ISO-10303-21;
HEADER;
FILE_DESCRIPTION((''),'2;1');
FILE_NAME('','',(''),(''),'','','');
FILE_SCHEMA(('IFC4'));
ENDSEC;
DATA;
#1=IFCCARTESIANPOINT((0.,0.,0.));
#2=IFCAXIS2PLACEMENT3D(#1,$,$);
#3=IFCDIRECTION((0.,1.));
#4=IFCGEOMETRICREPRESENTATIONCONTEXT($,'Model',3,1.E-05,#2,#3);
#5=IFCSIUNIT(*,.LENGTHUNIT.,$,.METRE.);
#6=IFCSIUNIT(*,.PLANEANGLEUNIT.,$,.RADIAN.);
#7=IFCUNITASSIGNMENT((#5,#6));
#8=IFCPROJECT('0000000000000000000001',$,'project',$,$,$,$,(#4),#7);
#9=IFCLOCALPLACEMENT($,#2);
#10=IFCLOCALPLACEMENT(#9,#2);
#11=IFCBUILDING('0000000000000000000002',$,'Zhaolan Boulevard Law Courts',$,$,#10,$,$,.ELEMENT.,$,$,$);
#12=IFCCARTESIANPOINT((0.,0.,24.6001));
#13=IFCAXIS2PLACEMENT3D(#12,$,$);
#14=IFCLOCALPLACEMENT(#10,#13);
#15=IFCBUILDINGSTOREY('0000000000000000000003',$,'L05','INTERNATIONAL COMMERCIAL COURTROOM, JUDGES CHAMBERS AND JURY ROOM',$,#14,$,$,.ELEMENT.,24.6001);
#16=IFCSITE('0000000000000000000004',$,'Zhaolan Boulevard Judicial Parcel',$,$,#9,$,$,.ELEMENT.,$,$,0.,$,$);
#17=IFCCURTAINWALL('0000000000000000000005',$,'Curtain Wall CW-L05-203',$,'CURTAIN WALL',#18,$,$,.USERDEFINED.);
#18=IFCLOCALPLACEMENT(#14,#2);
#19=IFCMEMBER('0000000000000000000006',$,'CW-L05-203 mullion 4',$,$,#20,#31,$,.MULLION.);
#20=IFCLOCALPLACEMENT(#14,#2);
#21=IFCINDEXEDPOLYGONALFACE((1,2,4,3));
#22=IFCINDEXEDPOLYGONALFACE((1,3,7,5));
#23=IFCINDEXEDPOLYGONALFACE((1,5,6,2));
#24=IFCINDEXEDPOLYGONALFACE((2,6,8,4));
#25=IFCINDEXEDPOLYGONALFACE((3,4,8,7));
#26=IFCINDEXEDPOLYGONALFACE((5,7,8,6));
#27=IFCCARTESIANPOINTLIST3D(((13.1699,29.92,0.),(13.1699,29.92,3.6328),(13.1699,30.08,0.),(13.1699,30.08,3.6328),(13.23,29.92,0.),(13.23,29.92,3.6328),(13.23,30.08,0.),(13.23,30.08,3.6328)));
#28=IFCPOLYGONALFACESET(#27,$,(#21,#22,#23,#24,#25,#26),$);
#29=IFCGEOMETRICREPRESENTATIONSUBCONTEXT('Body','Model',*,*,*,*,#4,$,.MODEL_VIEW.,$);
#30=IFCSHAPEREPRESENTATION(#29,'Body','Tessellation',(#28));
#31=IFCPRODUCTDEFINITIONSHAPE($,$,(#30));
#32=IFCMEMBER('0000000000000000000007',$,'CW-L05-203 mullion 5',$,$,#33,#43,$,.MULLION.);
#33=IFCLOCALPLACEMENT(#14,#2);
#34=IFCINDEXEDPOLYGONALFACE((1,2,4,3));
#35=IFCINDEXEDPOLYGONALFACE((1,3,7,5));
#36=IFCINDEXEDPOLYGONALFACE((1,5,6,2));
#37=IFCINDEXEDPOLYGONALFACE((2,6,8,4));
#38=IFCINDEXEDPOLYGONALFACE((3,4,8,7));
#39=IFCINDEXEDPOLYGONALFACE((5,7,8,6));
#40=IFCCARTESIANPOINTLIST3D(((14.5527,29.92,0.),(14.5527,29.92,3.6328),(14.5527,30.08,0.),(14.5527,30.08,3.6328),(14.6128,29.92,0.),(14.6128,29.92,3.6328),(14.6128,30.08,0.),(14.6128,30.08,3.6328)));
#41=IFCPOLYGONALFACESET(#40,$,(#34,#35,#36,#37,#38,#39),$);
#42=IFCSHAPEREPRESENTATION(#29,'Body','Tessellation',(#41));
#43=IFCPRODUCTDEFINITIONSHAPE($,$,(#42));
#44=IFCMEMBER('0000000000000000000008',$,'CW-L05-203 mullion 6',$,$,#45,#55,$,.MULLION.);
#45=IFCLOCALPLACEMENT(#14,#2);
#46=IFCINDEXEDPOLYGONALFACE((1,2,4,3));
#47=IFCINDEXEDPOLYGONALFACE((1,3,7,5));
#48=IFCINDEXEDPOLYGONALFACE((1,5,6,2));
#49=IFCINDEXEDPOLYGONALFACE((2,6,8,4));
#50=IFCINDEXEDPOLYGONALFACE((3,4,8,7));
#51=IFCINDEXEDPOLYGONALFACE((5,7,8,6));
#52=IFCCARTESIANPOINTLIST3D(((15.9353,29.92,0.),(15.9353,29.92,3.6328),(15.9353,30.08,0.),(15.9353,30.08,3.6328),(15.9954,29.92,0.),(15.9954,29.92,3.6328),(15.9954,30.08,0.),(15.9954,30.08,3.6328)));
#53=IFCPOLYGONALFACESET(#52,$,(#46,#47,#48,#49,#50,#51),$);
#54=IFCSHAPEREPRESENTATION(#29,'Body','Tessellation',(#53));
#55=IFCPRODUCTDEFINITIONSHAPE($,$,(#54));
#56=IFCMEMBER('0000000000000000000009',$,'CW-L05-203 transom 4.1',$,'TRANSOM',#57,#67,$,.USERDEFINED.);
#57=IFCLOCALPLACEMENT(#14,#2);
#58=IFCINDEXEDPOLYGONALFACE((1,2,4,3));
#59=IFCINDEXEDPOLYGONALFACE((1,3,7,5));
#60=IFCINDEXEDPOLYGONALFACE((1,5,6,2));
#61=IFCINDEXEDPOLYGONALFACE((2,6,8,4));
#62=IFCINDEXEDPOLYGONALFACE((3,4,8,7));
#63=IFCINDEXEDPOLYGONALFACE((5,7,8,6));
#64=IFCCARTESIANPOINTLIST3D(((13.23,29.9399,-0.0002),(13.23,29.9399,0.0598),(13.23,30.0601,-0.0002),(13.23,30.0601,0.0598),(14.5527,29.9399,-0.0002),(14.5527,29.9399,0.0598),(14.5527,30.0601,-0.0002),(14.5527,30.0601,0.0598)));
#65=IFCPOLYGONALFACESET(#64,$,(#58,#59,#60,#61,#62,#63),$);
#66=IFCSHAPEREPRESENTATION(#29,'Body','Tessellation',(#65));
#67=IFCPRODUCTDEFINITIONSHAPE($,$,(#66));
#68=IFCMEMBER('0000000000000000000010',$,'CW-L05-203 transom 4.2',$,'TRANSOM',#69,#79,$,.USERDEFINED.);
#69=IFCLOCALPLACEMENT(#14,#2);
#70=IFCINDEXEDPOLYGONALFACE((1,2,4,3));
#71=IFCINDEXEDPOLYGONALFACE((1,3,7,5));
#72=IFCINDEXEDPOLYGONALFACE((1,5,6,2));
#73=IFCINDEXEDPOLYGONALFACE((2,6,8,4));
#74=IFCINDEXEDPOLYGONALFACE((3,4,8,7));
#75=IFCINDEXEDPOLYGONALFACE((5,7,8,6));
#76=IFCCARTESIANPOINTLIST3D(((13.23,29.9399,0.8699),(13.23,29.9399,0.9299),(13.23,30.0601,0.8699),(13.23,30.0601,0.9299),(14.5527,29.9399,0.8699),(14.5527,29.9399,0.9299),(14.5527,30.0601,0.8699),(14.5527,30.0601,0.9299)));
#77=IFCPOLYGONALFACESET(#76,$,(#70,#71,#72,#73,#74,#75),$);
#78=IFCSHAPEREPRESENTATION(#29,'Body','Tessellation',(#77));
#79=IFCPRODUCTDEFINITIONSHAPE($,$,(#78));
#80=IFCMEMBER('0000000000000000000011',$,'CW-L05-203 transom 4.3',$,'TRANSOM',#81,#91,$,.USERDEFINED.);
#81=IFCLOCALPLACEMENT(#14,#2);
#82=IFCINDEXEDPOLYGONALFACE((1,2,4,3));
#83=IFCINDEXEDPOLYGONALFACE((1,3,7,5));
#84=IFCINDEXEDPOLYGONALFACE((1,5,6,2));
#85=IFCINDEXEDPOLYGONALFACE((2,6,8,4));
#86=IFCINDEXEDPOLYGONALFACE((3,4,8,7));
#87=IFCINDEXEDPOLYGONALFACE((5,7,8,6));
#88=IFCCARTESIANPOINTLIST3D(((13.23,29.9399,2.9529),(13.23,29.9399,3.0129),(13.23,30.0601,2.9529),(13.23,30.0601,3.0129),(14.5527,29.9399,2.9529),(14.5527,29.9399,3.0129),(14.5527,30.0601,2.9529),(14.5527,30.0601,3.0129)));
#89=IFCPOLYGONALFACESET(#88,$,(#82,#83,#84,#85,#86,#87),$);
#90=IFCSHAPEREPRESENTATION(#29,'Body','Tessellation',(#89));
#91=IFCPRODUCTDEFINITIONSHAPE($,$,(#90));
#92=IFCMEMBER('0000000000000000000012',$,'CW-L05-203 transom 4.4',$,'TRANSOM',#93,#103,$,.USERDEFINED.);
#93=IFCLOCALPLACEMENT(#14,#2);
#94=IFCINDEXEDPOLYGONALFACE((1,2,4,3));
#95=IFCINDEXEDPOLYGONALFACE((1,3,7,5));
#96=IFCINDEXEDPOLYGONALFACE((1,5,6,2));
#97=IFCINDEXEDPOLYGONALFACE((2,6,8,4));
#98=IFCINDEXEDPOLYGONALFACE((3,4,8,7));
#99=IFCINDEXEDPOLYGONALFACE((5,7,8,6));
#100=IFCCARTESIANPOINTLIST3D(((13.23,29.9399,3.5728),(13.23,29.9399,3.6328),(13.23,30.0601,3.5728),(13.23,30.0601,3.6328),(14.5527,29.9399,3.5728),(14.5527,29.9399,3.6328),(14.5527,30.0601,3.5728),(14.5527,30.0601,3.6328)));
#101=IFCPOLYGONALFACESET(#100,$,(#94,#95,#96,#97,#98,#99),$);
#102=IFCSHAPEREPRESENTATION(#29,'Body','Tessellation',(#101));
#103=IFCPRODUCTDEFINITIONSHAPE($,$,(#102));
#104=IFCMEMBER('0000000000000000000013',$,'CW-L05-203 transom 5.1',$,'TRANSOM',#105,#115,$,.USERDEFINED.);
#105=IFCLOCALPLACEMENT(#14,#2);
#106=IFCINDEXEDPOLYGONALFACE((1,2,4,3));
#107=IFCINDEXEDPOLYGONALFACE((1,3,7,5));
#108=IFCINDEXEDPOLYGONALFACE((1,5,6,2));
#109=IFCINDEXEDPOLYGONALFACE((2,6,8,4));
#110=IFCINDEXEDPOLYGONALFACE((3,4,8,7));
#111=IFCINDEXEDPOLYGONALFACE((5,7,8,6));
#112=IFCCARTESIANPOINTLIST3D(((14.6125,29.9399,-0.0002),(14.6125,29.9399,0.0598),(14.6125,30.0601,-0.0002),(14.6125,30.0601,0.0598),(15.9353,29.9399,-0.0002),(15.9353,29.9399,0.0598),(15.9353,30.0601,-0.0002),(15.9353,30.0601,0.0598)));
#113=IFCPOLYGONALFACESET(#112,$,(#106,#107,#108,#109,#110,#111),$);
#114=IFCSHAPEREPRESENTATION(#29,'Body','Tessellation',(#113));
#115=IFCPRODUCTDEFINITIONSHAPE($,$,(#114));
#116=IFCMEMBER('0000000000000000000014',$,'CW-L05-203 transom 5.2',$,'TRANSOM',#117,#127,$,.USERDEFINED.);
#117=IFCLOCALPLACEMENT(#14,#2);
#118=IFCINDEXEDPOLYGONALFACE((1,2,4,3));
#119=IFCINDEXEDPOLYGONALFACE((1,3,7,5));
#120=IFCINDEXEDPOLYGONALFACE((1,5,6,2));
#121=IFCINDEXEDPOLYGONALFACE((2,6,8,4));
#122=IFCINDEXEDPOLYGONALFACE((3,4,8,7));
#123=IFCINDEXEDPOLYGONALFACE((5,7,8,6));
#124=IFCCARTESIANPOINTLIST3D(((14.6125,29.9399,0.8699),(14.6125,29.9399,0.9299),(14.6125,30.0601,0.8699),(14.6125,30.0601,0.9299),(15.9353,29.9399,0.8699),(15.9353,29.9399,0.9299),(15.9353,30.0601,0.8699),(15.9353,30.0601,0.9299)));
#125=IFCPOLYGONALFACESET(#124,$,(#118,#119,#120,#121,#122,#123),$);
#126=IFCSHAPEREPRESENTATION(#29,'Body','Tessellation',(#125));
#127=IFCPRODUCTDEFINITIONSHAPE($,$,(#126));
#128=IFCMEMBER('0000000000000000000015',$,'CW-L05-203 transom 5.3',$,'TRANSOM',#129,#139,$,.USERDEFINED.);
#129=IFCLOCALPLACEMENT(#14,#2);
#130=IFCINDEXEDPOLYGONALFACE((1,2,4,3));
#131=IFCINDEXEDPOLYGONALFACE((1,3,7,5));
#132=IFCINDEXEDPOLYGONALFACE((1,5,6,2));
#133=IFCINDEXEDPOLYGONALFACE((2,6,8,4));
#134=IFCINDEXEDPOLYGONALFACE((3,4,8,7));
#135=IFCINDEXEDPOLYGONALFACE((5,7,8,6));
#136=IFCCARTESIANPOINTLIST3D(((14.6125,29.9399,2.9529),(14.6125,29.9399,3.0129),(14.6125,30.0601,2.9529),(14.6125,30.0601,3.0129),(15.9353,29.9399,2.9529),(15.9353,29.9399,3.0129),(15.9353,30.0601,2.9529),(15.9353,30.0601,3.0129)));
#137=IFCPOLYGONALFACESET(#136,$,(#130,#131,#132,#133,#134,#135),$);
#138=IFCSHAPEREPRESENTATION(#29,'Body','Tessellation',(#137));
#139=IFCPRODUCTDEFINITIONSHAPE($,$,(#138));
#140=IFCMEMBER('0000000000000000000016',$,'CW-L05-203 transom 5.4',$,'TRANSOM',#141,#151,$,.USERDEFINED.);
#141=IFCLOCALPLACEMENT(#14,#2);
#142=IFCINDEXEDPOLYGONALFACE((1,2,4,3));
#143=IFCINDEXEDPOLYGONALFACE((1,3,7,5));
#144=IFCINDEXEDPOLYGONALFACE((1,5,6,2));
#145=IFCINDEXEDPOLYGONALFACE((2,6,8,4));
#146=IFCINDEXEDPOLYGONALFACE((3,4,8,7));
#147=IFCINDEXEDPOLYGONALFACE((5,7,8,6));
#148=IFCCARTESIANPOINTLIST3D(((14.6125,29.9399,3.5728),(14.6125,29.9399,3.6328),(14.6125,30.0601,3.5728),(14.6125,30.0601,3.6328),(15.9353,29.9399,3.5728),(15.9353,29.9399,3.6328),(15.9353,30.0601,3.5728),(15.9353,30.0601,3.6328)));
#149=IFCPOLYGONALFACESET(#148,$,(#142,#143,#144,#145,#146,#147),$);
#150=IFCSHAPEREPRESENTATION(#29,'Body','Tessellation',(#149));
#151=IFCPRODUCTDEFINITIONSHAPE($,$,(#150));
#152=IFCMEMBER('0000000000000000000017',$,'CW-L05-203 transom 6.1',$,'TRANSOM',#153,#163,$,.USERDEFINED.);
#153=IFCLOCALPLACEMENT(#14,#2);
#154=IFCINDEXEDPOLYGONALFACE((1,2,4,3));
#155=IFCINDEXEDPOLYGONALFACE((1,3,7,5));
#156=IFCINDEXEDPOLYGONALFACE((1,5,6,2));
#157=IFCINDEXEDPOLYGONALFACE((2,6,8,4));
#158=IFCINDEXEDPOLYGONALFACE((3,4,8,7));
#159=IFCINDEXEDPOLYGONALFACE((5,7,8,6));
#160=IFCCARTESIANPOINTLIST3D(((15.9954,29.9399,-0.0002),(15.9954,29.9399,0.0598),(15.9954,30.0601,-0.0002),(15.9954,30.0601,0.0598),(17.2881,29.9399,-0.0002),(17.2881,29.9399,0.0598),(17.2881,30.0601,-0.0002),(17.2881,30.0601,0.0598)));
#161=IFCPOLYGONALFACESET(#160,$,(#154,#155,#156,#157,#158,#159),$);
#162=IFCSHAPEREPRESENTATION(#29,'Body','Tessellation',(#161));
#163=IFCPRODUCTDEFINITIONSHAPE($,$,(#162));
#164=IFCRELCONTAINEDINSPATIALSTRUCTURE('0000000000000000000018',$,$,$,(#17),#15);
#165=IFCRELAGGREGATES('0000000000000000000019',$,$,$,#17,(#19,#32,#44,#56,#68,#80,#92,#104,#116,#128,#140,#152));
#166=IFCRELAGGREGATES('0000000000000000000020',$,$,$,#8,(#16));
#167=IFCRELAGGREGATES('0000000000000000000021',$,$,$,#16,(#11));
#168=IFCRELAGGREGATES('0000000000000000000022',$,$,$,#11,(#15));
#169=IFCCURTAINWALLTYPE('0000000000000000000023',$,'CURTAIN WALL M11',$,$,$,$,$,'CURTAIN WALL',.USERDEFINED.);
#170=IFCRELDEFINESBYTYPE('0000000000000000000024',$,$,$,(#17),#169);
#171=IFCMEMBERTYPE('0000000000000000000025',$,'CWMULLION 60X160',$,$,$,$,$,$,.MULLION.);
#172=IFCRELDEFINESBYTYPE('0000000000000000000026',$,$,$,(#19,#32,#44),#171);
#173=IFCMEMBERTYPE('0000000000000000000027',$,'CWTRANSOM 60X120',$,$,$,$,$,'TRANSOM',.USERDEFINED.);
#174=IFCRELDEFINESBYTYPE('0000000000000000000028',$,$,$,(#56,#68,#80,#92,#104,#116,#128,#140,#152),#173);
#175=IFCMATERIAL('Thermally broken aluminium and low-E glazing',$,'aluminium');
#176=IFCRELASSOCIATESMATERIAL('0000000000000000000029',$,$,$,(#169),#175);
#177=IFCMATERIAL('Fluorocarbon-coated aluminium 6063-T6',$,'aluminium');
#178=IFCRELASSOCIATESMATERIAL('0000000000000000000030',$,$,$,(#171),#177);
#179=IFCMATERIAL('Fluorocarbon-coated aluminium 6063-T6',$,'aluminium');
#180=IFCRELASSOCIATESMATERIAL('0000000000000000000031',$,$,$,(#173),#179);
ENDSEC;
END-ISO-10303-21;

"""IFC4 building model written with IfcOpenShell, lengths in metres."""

from ifc_helpers import new_model, si_unit, direction, frame, origin, origin_2d, place, context, subcontext, project, spatial, rectangle, extrude, material, material_profile, profile_set, type_object, element, aggregate, save


model = new_model("IFC4")

# Units and contexts
model_context = context("Model", 3, precision=1e-05, world=origin(), true_north=direction((0.0, 1.0)))
body_context = subcontext(model_context, "Body", "Model", "MODEL_VIEW")
ifc_project = project(units=[si_unit("LENGTHUNIT", "METRE"), si_unit("PLANEANGLEUNIT", "RADIAN")], contexts=[model_context])

# Site, building, storey
site_placement = place(None, origin())
site = spatial("IfcSite", under=ifc_project, at=site_placement, Name="Zhaolan Boulevard Judicial Parcel", CompositionType="ELEMENT", RefElevation=0.0)
building_placement = place(site_placement, origin())
building = spatial("IfcBuilding", under=site, at=building_placement, Name="Zhaolan Boulevard Law Courts", CompositionType="ELEMENT")
storey_placement = place(building_placement, frame((0.0, 0.0, 24.6001)))
storey = spatial("IfcBuildingStorey", under=building, at=storey_placement, Name="L05", Description="INTERNATIONAL COMMERCIAL COURTROOM, JUDGES CHAMBERS AND JURY ROOM", CompositionType="ELEMENT", Elevation=24.6001)

# Curtain wall, members
ifc_material_1 = material(Name="Thermally broken aluminium and low-E glazing", Category="aluminium")
curtain_wall_type = type_object("IfcCurtainWallType", Name="CURTAIN WALL M11", ElementType="CURTAIN WALL", PredefinedType="USERDEFINED", material=ifc_material_1)
curtain_wall_placement = place(storey_placement, origin())
curtain_wall = element("IfcCurtainWall", 1, at=curtain_wall_placement, inside=storey, type_object=curtain_wall_type, Name="Curtain Wall CW-L05-203", ObjectType="CURTAIN WALL", PredefinedType="USERDEFINED")
ifc_material_2 = material(Name="Fluorocarbon-coated aluminium 6063-T6", Category="aluminium")
ifc_material_profile_1 = material_profile(ifc_material_2, rectangle(XDim=0.1599, YDim=0.0601, at=origin_2d()), Name="AL60x160")
ifc_profile_set_1 = profile_set([ifc_material_profile_1], Name="Fluorocarbon-coated aluminium 6063-T6")
member_type_1 = type_object("IfcMemberType", Name="CWMULLION 60X160", PredefinedType="MULLION", material=ifc_profile_set_1)
member_1_placement = place(storey_placement, frame((13.2, 30.0, 0.0), z_axis=(0.0, 0.0, 1.0), x_axis=(0.0, 1.0, 0.0)))
member_1 = element("IfcMember", 2, at=member_1_placement, type_object=member_type_1, Name="CW-L05-203 mullion 4", PredefinedType="MULLION", context=body_context, shape_type="SweptSolid", body=[
    extrude(rectangle(XDim=0.1599, YDim=0.0601, at=origin_2d()), origin(), (0.0, 0.0, 1.0), 3.6328),
])
member_2_placement = place(storey_placement, frame((14.5828, 30.0, 0.0), z_axis=(0.0, 0.0, 1.0), x_axis=(0.0, 1.0, 0.0)))
member_2 = element("IfcMember", 3, at=member_2_placement, type_object=member_type_1, Name="CW-L05-203 mullion 5", PredefinedType="MULLION", context=body_context, shape_type="SweptSolid", body=[
    extrude(rectangle(XDim=0.1599, YDim=0.0601, at=origin_2d()), origin(), (0.0, 0.0, 1.0), 3.6328),
])
member_3_placement = place(storey_placement, frame((15.9653, 30.0, 0.0), z_axis=(0.0, 0.0, 1.0), x_axis=(0.0, 1.0, 0.0)))
member_3 = element("IfcMember", 4, at=member_3_placement, type_object=member_type_1, Name="CW-L05-203 mullion 6", PredefinedType="MULLION", context=body_context, shape_type="SweptSolid", body=[
    extrude(rectangle(XDim=0.1599, YDim=0.0601, at=origin_2d()), origin(), (0.0, 0.0, 1.0), 3.6328),
])
ifc_material_3 = material(Name="Fluorocarbon-coated aluminium 6063-T6", Category="aluminium")
ifc_material_profile_2 = material_profile(ifc_material_3, rectangle(XDim=0.1201, YDim=0.0601, at=origin_2d()), Name="AL60x120")
ifc_profile_set_2 = profile_set([ifc_material_profile_2], Name="Fluorocarbon-coated aluminium 6063-T6")
member_type_2 = type_object("IfcMemberType", Name="CWTRANSOM 60X120", ElementType="TRANSOM", PredefinedType="USERDEFINED", material=ifc_profile_set_2)
member_4_placement = place(storey_placement, frame((13.23, 30.0, 0.0298), z_axis=(1.0, 0.0, 0.0), x_axis=(0.0, 1.0, 0.0)))
member_4 = element("IfcMember", 5, at=member_4_placement, type_object=member_type_2, Name="CW-L05-203 transom 4.1", ObjectType="TRANSOM", PredefinedType="USERDEFINED", context=body_context, shape_type="SweptSolid", body=[
    extrude(rectangle(XDim=0.1201, YDim=0.0601, at=origin_2d()), origin(), (0.0, 0.0, 1.0), 1.3228),
])
member_5_placement = place(storey_placement, frame((13.23, 30.0, 0.8999), z_axis=(1.0, 0.0, 0.0), x_axis=(0.0, 1.0, 0.0)))
member_5 = element("IfcMember", 6, at=member_5_placement, type_object=member_type_2, Name="CW-L05-203 transom 4.2", ObjectType="TRANSOM", PredefinedType="USERDEFINED", context=body_context, shape_type="SweptSolid", body=[
    extrude(rectangle(XDim=0.1201, YDim=0.0601, at=origin_2d()), origin(), (0.0, 0.0, 1.0), 1.3228),
])
member_6_placement = place(storey_placement, frame((13.23, 30.0, 2.9829), z_axis=(1.0, 0.0, 0.0), x_axis=(0.0, 1.0, 0.0)))
member_6 = element("IfcMember", 7, at=member_6_placement, type_object=member_type_2, Name="CW-L05-203 transom 4.3", ObjectType="TRANSOM", PredefinedType="USERDEFINED", context=body_context, shape_type="SweptSolid", body=[
    extrude(rectangle(XDim=0.1201, YDim=0.0601, at=origin_2d()), origin(), (0.0, 0.0, 1.0), 1.3228),
])
member_7_placement = place(storey_placement, frame((13.23, 30.0, 3.6028), z_axis=(1.0, 0.0, 0.0), x_axis=(0.0, 1.0, 0.0)))
member_7 = element("IfcMember", 8, at=member_7_placement, type_object=member_type_2, Name="CW-L05-203 transom 4.4", ObjectType="TRANSOM", PredefinedType="USERDEFINED", context=body_context, shape_type="SweptSolid", body=[
    extrude(rectangle(XDim=0.1201, YDim=0.0601, at=origin_2d()), origin(), (0.0, 0.0, 1.0), 1.3228),
])
member_8_placement = place(storey_placement, frame((14.6125, 30.0, 0.0298), z_axis=(1.0, 0.0, 0.0), x_axis=(0.0, 1.0, 0.0)))
member_8 = element("IfcMember", 9, at=member_8_placement, type_object=member_type_2, Name="CW-L05-203 transom 5.1", ObjectType="TRANSOM", PredefinedType="USERDEFINED", context=body_context, shape_type="SweptSolid", body=[
    extrude(rectangle(XDim=0.1201, YDim=0.0601, at=origin_2d()), origin(), (0.0, 0.0, 1.0), 1.3228),
])
member_9_placement = place(storey_placement, frame((14.6125, 30.0, 0.8999), z_axis=(1.0, 0.0, 0.0), x_axis=(0.0, 1.0, 0.0)))
member_9 = element("IfcMember", 10, at=member_9_placement, type_object=member_type_2, Name="CW-L05-203 transom 5.2", ObjectType="TRANSOM", PredefinedType="USERDEFINED", context=body_context, shape_type="SweptSolid", body=[
    extrude(rectangle(XDim=0.1201, YDim=0.0601, at=origin_2d()), origin(), (0.0, 0.0, 1.0), 1.3228),
])
member_10_placement = place(storey_placement, frame((14.6125, 30.0, 2.9829), z_axis=(1.0, 0.0, 0.0), x_axis=(0.0, 1.0, 0.0)))
member_10 = element("IfcMember", 11, at=member_10_placement, type_object=member_type_2, Name="CW-L05-203 transom 5.3", ObjectType="TRANSOM", PredefinedType="USERDEFINED", context=body_context, shape_type="SweptSolid", body=[
    extrude(rectangle(XDim=0.1201, YDim=0.0601, at=origin_2d()), origin(), (0.0, 0.0, 1.0), 1.3228),
])
member_11_placement = place(storey_placement, frame((14.6125, 30.0, 3.6028), z_axis=(1.0, 0.0, 0.0), x_axis=(0.0, 1.0, 0.0)))
member_11 = element("IfcMember", 12, at=member_11_placement, type_object=member_type_2, Name="CW-L05-203 transom 5.4", ObjectType="TRANSOM", PredefinedType="USERDEFINED", context=body_context, shape_type="SweptSolid", body=[
    extrude(rectangle(XDim=0.1201, YDim=0.0601, at=origin_2d()), origin(), (0.0, 0.0, 1.0), 1.3228),
])
member_12_placement = place(storey_placement, frame((15.9954, 30.0, 0.0298), z_axis=(1.0, 0.0, 0.0), x_axis=(0.0, 1.0, 0.0)))
member_12 = element("IfcMember", 13, at=member_12_placement, type_object=member_type_2, Name="CW-L05-203 transom 6.1", ObjectType="TRANSOM", PredefinedType="USERDEFINED", context=body_context, shape_type="SweptSolid", body=[
    extrude(rectangle(XDim=0.1201, YDim=0.0601, at=origin_2d()), origin(), (0.0, 0.0, 1.0), 1.2927),
])

aggregate(curtain_wall, [member_1, member_2, member_3, member_4, member_5, member_6, member_7, member_8, member_9, member_10, member_11, member_12])

save(model, "model.ifc")
